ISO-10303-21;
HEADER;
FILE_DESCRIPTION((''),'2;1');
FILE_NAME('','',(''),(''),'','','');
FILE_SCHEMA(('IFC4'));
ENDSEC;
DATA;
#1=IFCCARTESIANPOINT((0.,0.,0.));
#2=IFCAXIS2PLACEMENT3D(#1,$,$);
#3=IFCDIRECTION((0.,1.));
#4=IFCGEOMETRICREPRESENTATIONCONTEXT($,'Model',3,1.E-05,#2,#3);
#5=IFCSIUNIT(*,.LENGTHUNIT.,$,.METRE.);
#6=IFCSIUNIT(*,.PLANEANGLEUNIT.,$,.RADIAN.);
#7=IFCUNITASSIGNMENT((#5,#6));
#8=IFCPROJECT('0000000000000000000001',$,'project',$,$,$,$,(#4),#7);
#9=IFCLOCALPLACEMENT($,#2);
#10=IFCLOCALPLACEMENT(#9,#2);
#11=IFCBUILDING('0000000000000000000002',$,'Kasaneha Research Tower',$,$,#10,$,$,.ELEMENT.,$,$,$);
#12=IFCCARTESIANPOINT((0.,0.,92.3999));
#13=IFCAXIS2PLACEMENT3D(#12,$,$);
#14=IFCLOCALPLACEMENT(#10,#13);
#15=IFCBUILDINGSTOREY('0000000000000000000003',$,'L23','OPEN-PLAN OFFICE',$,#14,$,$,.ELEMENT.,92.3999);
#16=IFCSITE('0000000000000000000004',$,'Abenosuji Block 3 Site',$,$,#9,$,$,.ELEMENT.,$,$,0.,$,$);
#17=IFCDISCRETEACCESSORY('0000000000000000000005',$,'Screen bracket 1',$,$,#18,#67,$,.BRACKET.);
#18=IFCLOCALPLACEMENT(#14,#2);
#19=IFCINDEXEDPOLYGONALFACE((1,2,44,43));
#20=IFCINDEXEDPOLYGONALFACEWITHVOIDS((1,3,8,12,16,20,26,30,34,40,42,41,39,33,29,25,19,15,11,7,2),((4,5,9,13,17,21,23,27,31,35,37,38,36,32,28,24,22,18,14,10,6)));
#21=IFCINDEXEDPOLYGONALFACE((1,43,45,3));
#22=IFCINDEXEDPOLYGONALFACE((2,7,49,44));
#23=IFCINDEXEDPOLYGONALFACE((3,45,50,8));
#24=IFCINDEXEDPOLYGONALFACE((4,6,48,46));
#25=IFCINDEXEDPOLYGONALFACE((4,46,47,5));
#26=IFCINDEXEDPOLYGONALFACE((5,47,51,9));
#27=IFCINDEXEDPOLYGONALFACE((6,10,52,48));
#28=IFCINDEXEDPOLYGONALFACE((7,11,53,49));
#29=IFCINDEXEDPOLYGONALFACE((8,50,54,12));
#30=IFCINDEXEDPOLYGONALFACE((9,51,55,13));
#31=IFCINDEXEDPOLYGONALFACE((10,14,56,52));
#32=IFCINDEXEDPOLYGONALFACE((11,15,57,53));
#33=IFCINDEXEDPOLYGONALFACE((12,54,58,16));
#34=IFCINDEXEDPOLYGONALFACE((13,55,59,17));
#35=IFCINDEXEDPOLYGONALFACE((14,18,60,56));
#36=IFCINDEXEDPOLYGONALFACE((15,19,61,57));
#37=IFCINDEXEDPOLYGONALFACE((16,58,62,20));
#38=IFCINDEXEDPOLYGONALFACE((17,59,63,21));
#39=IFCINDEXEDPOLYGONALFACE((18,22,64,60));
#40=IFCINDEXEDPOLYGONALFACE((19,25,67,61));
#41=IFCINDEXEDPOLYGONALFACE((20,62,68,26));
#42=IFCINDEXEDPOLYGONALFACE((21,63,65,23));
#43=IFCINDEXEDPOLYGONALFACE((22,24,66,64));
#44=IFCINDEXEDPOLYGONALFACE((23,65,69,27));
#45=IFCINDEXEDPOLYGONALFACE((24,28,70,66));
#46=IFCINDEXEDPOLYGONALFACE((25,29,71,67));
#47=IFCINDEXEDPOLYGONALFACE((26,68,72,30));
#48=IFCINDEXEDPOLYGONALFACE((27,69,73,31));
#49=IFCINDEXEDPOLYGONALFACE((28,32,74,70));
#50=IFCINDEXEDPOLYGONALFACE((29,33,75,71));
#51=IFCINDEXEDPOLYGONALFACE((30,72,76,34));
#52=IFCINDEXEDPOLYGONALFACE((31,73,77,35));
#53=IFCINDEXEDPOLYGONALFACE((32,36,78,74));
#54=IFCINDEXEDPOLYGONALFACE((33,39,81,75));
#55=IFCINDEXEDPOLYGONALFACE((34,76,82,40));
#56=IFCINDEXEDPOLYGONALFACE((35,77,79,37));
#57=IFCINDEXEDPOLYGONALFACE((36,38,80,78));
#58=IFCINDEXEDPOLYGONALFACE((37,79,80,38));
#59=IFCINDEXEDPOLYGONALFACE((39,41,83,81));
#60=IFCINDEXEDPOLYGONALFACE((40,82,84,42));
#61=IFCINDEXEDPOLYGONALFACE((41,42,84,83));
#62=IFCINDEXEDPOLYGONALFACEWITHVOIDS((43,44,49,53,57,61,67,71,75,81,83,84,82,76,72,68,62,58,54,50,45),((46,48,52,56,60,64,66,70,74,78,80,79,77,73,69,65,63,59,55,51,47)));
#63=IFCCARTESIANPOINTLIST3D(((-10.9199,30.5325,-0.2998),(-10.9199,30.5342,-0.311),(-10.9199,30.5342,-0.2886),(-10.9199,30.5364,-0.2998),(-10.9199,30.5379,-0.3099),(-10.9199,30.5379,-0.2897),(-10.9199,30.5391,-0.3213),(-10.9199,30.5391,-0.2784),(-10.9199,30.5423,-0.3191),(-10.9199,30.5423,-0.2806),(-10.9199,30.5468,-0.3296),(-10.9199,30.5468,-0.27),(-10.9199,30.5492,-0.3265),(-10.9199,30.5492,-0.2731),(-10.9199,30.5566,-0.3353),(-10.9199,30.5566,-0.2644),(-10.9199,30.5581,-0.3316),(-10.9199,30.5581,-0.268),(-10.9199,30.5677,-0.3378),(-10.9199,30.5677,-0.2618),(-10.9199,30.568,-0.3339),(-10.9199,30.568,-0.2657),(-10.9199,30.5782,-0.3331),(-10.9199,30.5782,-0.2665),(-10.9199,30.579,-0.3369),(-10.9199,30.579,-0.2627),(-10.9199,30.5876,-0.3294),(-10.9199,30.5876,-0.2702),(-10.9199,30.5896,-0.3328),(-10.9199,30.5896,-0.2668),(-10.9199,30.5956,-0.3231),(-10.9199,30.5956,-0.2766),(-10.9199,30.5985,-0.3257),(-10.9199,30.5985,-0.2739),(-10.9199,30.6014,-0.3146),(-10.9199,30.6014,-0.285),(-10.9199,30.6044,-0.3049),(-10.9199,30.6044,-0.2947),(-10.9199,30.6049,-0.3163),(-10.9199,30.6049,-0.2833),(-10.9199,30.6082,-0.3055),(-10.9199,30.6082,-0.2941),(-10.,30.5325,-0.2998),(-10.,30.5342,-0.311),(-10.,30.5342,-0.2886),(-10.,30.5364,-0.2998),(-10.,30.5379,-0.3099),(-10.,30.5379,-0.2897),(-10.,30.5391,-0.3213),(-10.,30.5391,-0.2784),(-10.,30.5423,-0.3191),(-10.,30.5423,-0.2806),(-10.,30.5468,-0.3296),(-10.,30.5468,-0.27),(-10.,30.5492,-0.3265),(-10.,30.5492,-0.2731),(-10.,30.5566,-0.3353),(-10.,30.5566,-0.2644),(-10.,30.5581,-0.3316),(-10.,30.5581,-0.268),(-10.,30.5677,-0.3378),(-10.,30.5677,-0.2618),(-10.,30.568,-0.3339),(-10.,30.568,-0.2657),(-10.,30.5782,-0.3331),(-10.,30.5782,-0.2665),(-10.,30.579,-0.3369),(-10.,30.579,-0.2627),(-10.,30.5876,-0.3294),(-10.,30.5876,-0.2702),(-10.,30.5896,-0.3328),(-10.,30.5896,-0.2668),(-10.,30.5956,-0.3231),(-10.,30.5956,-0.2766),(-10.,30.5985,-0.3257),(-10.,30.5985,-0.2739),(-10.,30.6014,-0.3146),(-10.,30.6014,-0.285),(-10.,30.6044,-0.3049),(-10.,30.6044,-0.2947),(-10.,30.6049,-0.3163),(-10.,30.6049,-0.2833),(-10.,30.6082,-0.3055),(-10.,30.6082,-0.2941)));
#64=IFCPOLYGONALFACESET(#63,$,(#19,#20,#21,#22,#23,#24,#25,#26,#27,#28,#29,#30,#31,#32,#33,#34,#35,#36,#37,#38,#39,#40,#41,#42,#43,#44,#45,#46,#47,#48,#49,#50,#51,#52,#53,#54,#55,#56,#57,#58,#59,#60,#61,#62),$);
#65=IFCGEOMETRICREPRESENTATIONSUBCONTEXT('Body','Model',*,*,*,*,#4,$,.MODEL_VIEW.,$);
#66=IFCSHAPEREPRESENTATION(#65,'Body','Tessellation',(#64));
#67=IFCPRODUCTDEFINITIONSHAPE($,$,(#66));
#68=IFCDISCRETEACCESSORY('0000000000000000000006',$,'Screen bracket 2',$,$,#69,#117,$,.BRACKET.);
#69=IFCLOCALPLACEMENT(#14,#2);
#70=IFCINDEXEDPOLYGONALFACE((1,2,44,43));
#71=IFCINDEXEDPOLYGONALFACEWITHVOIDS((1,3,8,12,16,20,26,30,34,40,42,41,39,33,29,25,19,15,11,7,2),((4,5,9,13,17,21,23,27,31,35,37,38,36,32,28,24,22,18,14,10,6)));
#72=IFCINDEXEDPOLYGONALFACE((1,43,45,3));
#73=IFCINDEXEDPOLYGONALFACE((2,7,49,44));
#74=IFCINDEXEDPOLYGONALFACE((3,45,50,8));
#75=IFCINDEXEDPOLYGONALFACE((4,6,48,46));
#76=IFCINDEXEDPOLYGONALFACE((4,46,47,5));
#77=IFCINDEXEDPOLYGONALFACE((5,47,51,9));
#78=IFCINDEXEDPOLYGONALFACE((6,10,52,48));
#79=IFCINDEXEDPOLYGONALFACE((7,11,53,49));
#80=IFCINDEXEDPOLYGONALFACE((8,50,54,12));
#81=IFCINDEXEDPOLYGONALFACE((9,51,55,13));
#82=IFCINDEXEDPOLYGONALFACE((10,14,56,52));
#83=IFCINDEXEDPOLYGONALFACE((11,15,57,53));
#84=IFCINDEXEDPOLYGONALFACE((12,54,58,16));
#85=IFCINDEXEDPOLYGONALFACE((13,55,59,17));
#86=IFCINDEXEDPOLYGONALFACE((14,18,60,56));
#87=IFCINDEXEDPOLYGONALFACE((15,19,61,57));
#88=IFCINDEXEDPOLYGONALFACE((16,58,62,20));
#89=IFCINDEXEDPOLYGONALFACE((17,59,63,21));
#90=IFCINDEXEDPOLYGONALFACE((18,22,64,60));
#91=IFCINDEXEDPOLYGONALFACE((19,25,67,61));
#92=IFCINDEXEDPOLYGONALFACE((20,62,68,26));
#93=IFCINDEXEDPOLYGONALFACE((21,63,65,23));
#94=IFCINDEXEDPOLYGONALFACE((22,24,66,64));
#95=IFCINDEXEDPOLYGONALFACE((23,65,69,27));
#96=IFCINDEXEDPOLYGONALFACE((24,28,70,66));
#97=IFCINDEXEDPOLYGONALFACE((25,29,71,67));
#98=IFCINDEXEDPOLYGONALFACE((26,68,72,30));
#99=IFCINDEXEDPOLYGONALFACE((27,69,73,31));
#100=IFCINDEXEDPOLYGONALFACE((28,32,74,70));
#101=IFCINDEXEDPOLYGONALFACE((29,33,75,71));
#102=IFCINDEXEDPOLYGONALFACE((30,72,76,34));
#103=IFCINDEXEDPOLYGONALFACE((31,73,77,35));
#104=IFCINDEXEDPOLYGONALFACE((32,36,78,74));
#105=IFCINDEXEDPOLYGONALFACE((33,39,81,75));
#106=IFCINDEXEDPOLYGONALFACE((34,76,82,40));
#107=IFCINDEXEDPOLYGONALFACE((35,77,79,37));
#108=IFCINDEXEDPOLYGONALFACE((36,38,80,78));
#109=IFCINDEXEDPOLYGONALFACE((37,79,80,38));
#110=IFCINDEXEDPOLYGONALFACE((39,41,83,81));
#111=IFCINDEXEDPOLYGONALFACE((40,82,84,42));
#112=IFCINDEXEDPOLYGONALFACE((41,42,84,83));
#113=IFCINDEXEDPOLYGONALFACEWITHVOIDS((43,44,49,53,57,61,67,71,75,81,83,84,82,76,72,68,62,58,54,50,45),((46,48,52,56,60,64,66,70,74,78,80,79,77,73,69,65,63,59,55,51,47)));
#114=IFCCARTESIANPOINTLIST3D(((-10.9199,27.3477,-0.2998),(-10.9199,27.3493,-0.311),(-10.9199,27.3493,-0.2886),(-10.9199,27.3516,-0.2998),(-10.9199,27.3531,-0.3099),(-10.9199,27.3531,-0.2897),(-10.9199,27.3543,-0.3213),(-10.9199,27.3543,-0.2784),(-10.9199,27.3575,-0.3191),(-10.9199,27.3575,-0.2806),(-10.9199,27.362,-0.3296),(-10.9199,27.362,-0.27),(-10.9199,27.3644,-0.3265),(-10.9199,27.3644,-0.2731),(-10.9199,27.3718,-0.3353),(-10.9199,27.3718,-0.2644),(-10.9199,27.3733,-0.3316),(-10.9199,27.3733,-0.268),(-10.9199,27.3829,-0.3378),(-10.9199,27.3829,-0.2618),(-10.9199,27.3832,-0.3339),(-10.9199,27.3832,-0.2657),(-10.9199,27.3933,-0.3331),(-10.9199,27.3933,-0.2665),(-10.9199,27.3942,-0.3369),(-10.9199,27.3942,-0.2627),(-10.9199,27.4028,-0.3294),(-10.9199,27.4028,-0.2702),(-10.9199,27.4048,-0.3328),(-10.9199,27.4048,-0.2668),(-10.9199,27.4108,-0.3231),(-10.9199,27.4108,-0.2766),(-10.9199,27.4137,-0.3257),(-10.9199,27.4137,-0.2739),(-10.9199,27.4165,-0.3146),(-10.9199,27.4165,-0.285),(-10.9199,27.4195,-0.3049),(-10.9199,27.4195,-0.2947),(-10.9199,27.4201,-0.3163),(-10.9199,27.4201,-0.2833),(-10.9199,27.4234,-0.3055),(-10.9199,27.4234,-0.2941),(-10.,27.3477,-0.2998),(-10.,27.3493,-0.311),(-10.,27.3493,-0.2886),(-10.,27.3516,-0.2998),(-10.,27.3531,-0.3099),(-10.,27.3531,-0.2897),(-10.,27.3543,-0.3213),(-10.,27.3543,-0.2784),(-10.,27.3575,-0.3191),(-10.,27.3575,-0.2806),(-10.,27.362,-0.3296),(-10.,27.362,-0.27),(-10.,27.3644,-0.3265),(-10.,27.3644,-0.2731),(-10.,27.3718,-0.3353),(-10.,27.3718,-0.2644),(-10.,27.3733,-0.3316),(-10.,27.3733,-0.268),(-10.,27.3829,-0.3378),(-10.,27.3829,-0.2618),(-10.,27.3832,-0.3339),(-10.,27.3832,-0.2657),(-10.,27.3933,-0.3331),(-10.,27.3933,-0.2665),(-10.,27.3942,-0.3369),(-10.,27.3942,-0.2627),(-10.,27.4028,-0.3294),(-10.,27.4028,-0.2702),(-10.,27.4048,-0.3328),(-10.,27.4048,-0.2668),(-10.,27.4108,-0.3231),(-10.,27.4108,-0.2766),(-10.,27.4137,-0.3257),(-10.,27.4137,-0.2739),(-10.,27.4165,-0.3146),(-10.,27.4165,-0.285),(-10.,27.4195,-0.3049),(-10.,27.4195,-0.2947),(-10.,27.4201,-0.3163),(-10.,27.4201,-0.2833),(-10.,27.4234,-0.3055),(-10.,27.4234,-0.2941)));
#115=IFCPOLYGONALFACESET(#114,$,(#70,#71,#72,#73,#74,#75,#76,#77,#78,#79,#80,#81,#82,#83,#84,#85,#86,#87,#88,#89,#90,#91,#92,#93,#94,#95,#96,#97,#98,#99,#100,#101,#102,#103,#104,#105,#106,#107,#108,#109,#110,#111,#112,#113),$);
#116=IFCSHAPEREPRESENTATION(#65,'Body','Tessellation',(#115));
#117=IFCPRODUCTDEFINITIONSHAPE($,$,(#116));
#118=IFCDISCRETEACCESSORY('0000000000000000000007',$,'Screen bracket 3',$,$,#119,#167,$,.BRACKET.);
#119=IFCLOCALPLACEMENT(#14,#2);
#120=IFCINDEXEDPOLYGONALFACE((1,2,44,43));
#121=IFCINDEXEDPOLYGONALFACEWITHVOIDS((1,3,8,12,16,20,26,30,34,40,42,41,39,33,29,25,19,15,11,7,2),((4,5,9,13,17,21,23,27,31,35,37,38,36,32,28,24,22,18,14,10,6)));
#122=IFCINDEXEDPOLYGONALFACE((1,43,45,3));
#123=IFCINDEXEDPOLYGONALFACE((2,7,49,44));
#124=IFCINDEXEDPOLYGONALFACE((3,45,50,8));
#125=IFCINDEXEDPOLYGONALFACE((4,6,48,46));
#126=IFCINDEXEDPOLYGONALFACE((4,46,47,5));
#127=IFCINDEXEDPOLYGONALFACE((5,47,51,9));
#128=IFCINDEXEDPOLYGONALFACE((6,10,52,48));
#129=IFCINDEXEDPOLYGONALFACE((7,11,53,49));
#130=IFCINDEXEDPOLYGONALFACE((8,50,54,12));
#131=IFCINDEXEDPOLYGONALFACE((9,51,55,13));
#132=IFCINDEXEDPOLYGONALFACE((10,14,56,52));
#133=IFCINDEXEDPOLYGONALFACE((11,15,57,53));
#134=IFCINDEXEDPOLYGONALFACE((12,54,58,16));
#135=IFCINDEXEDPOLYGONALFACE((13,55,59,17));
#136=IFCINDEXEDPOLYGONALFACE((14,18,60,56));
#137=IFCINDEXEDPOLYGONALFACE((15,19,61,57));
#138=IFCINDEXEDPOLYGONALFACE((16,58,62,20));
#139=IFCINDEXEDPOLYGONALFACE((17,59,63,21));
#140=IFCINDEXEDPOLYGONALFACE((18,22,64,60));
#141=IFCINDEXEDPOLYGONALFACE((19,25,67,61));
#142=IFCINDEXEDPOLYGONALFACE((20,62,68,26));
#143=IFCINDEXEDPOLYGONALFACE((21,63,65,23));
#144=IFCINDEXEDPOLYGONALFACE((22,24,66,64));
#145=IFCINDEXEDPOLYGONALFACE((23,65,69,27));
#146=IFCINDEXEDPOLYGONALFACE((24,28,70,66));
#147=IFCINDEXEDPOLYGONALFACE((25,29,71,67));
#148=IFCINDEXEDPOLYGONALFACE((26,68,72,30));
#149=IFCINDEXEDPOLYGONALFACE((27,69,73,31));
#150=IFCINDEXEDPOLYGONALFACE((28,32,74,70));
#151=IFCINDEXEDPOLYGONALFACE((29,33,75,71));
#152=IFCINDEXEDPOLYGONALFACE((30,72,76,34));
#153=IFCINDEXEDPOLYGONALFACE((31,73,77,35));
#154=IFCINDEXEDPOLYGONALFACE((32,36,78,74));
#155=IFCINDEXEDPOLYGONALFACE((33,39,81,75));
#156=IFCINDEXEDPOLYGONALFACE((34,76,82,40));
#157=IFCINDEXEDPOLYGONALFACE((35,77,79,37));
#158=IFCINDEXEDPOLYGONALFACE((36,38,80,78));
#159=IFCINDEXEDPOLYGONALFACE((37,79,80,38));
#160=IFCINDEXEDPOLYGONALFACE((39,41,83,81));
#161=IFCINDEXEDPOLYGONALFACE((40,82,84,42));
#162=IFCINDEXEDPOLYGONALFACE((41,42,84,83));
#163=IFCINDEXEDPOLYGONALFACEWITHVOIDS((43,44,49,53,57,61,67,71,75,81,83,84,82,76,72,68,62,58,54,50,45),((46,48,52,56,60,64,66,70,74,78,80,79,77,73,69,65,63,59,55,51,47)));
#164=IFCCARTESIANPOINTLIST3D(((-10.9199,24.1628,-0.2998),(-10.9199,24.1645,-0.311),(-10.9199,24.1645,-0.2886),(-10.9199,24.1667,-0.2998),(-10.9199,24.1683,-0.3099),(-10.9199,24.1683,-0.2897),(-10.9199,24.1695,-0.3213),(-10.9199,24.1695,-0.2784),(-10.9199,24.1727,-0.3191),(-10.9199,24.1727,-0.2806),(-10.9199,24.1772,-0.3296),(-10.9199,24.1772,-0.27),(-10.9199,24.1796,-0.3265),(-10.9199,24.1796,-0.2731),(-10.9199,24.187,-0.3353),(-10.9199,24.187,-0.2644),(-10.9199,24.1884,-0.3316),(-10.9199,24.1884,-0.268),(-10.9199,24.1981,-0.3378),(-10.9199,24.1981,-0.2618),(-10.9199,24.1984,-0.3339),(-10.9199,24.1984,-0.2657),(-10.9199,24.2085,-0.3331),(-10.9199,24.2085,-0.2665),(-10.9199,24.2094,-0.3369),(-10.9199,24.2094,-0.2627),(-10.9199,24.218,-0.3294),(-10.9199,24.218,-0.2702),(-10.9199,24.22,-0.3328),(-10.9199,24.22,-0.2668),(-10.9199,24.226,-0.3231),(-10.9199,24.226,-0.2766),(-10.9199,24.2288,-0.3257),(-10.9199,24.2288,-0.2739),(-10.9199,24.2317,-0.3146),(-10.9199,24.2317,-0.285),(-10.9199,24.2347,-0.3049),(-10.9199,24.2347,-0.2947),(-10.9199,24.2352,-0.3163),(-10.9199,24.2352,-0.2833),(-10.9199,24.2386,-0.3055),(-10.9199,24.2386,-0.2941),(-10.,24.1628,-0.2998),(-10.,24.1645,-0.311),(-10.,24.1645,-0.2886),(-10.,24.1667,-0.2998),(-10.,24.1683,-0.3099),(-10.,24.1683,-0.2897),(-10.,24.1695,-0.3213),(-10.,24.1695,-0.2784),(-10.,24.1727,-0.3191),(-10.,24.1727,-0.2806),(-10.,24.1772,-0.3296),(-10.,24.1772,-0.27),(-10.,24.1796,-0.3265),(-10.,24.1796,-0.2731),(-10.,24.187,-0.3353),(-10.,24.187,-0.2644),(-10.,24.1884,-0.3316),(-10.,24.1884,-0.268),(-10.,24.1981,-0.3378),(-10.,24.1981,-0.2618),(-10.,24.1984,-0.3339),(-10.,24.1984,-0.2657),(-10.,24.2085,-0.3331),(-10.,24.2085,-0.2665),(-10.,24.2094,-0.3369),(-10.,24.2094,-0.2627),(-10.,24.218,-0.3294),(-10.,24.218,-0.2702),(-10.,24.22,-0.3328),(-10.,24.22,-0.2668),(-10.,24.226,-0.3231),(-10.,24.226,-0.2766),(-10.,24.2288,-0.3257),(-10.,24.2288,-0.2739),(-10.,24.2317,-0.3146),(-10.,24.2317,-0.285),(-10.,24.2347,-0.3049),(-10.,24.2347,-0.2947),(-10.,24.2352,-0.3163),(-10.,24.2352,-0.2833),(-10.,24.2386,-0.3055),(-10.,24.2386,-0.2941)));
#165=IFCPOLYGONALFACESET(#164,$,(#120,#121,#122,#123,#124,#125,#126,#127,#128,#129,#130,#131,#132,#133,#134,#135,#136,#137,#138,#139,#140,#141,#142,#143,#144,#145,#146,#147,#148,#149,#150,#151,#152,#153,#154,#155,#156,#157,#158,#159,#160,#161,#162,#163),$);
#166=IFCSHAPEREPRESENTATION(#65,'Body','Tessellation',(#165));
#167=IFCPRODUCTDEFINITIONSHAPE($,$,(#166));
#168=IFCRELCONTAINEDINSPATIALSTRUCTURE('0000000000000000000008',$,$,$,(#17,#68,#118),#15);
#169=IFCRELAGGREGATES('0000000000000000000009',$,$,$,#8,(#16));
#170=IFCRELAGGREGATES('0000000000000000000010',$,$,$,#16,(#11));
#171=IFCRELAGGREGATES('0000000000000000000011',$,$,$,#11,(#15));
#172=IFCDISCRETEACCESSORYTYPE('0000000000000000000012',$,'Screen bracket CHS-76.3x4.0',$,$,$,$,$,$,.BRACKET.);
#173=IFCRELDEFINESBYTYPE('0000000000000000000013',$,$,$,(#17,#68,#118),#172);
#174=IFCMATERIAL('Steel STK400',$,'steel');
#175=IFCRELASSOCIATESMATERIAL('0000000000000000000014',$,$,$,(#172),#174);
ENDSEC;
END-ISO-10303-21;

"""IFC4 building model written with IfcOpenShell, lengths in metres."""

from ifc_helpers import new_model, si_unit, direction, frame, origin, origin_2d, place, context, subcontext, project, spatial, hollow_circle, extrude, material, material_profile, profile_set, type_object, element, save


model = new_model("IFC4")

# Units and contexts
model_context = context("Model", 3, precision=1e-05, world=origin(), true_north=direction((0.0, 1.0)))
body_context = subcontext(model_context, "Body", "Model", "MODEL_VIEW")
ifc_project = project(units=[si_unit("LENGTHUNIT", "METRE"), si_unit("PLANEANGLEUNIT", "RADIAN")], contexts=[model_context])

# Site, building, storey
site_placement = place(None, origin())
site = spatial("IfcSite", under=ifc_project, at=site_placement, Name="Abenosuji Block 3 Site", CompositionType="ELEMENT", RefElevation=0.0)
building_placement = place(site_placement, origin())
building = spatial("IfcBuilding", under=site, at=building_placement, Name="Kasaneha Research Tower", CompositionType="ELEMENT")
storey_placement = place(building_placement, frame((0.0, 0.0, 92.3999)))
storey = spatial("IfcBuildingStorey", under=building, at=storey_placement, Name="L23", Description="OPEN-PLAN OFFICE", CompositionType="ELEMENT", Elevation=92.3999)

# Discrete accessories
ifc_material_1 = material(Name="Steel STK400", Category="steel")
ifc_material_profile_1 = material_profile(ifc_material_1, hollow_circle(Radius=0.0381, WallThickness=0.0039, at=origin_2d()), Name="CHS-76.3x4.0")
ifc_profile_set_1 = profile_set([ifc_material_profile_1], Name="Steel STK400")
discrete_accessory_type = type_object("IfcDiscreteAccessoryType", Name="Screen bracket CHS-76.3x4.0", PredefinedType="BRACKET", material=ifc_profile_set_1)
for number, where, z_axis, x_axis, name in (
    (1, (-10.0, 30.5706, -0.2998), (-1.0, 0.0, 0.0), (0.0, -1.0, 0.0), "Screen bracket 1"),
    (2, (-10.0, 27.3857, -0.2998), (-1.0, 0.0, 0.0), (0.0, -1.0, 0.0), "Screen bracket 2"),
    (3, (-10.0, 24.2009, -0.2998), (-1.0, 0.0, 0.0), (0.0, -1.0, 0.0), "Screen bracket 3"),
):
    element("IfcDiscreteAccessory", number, at=place(storey_placement, frame(where, z_axis=z_axis, x_axis=x_axis)), inside=storey, type_object=discrete_accessory_type, Name=name, PredefinedType="BRACKET", context=body_context, shape_type="SweptSolid", body=[
        extrude(hollow_circle(Radius=0.0381, WallThickness=0.0039, at=origin_2d()), origin(), (0.0, 0.0, 1.0), 0.9199),
    ])

save(model, "model.ifc")
